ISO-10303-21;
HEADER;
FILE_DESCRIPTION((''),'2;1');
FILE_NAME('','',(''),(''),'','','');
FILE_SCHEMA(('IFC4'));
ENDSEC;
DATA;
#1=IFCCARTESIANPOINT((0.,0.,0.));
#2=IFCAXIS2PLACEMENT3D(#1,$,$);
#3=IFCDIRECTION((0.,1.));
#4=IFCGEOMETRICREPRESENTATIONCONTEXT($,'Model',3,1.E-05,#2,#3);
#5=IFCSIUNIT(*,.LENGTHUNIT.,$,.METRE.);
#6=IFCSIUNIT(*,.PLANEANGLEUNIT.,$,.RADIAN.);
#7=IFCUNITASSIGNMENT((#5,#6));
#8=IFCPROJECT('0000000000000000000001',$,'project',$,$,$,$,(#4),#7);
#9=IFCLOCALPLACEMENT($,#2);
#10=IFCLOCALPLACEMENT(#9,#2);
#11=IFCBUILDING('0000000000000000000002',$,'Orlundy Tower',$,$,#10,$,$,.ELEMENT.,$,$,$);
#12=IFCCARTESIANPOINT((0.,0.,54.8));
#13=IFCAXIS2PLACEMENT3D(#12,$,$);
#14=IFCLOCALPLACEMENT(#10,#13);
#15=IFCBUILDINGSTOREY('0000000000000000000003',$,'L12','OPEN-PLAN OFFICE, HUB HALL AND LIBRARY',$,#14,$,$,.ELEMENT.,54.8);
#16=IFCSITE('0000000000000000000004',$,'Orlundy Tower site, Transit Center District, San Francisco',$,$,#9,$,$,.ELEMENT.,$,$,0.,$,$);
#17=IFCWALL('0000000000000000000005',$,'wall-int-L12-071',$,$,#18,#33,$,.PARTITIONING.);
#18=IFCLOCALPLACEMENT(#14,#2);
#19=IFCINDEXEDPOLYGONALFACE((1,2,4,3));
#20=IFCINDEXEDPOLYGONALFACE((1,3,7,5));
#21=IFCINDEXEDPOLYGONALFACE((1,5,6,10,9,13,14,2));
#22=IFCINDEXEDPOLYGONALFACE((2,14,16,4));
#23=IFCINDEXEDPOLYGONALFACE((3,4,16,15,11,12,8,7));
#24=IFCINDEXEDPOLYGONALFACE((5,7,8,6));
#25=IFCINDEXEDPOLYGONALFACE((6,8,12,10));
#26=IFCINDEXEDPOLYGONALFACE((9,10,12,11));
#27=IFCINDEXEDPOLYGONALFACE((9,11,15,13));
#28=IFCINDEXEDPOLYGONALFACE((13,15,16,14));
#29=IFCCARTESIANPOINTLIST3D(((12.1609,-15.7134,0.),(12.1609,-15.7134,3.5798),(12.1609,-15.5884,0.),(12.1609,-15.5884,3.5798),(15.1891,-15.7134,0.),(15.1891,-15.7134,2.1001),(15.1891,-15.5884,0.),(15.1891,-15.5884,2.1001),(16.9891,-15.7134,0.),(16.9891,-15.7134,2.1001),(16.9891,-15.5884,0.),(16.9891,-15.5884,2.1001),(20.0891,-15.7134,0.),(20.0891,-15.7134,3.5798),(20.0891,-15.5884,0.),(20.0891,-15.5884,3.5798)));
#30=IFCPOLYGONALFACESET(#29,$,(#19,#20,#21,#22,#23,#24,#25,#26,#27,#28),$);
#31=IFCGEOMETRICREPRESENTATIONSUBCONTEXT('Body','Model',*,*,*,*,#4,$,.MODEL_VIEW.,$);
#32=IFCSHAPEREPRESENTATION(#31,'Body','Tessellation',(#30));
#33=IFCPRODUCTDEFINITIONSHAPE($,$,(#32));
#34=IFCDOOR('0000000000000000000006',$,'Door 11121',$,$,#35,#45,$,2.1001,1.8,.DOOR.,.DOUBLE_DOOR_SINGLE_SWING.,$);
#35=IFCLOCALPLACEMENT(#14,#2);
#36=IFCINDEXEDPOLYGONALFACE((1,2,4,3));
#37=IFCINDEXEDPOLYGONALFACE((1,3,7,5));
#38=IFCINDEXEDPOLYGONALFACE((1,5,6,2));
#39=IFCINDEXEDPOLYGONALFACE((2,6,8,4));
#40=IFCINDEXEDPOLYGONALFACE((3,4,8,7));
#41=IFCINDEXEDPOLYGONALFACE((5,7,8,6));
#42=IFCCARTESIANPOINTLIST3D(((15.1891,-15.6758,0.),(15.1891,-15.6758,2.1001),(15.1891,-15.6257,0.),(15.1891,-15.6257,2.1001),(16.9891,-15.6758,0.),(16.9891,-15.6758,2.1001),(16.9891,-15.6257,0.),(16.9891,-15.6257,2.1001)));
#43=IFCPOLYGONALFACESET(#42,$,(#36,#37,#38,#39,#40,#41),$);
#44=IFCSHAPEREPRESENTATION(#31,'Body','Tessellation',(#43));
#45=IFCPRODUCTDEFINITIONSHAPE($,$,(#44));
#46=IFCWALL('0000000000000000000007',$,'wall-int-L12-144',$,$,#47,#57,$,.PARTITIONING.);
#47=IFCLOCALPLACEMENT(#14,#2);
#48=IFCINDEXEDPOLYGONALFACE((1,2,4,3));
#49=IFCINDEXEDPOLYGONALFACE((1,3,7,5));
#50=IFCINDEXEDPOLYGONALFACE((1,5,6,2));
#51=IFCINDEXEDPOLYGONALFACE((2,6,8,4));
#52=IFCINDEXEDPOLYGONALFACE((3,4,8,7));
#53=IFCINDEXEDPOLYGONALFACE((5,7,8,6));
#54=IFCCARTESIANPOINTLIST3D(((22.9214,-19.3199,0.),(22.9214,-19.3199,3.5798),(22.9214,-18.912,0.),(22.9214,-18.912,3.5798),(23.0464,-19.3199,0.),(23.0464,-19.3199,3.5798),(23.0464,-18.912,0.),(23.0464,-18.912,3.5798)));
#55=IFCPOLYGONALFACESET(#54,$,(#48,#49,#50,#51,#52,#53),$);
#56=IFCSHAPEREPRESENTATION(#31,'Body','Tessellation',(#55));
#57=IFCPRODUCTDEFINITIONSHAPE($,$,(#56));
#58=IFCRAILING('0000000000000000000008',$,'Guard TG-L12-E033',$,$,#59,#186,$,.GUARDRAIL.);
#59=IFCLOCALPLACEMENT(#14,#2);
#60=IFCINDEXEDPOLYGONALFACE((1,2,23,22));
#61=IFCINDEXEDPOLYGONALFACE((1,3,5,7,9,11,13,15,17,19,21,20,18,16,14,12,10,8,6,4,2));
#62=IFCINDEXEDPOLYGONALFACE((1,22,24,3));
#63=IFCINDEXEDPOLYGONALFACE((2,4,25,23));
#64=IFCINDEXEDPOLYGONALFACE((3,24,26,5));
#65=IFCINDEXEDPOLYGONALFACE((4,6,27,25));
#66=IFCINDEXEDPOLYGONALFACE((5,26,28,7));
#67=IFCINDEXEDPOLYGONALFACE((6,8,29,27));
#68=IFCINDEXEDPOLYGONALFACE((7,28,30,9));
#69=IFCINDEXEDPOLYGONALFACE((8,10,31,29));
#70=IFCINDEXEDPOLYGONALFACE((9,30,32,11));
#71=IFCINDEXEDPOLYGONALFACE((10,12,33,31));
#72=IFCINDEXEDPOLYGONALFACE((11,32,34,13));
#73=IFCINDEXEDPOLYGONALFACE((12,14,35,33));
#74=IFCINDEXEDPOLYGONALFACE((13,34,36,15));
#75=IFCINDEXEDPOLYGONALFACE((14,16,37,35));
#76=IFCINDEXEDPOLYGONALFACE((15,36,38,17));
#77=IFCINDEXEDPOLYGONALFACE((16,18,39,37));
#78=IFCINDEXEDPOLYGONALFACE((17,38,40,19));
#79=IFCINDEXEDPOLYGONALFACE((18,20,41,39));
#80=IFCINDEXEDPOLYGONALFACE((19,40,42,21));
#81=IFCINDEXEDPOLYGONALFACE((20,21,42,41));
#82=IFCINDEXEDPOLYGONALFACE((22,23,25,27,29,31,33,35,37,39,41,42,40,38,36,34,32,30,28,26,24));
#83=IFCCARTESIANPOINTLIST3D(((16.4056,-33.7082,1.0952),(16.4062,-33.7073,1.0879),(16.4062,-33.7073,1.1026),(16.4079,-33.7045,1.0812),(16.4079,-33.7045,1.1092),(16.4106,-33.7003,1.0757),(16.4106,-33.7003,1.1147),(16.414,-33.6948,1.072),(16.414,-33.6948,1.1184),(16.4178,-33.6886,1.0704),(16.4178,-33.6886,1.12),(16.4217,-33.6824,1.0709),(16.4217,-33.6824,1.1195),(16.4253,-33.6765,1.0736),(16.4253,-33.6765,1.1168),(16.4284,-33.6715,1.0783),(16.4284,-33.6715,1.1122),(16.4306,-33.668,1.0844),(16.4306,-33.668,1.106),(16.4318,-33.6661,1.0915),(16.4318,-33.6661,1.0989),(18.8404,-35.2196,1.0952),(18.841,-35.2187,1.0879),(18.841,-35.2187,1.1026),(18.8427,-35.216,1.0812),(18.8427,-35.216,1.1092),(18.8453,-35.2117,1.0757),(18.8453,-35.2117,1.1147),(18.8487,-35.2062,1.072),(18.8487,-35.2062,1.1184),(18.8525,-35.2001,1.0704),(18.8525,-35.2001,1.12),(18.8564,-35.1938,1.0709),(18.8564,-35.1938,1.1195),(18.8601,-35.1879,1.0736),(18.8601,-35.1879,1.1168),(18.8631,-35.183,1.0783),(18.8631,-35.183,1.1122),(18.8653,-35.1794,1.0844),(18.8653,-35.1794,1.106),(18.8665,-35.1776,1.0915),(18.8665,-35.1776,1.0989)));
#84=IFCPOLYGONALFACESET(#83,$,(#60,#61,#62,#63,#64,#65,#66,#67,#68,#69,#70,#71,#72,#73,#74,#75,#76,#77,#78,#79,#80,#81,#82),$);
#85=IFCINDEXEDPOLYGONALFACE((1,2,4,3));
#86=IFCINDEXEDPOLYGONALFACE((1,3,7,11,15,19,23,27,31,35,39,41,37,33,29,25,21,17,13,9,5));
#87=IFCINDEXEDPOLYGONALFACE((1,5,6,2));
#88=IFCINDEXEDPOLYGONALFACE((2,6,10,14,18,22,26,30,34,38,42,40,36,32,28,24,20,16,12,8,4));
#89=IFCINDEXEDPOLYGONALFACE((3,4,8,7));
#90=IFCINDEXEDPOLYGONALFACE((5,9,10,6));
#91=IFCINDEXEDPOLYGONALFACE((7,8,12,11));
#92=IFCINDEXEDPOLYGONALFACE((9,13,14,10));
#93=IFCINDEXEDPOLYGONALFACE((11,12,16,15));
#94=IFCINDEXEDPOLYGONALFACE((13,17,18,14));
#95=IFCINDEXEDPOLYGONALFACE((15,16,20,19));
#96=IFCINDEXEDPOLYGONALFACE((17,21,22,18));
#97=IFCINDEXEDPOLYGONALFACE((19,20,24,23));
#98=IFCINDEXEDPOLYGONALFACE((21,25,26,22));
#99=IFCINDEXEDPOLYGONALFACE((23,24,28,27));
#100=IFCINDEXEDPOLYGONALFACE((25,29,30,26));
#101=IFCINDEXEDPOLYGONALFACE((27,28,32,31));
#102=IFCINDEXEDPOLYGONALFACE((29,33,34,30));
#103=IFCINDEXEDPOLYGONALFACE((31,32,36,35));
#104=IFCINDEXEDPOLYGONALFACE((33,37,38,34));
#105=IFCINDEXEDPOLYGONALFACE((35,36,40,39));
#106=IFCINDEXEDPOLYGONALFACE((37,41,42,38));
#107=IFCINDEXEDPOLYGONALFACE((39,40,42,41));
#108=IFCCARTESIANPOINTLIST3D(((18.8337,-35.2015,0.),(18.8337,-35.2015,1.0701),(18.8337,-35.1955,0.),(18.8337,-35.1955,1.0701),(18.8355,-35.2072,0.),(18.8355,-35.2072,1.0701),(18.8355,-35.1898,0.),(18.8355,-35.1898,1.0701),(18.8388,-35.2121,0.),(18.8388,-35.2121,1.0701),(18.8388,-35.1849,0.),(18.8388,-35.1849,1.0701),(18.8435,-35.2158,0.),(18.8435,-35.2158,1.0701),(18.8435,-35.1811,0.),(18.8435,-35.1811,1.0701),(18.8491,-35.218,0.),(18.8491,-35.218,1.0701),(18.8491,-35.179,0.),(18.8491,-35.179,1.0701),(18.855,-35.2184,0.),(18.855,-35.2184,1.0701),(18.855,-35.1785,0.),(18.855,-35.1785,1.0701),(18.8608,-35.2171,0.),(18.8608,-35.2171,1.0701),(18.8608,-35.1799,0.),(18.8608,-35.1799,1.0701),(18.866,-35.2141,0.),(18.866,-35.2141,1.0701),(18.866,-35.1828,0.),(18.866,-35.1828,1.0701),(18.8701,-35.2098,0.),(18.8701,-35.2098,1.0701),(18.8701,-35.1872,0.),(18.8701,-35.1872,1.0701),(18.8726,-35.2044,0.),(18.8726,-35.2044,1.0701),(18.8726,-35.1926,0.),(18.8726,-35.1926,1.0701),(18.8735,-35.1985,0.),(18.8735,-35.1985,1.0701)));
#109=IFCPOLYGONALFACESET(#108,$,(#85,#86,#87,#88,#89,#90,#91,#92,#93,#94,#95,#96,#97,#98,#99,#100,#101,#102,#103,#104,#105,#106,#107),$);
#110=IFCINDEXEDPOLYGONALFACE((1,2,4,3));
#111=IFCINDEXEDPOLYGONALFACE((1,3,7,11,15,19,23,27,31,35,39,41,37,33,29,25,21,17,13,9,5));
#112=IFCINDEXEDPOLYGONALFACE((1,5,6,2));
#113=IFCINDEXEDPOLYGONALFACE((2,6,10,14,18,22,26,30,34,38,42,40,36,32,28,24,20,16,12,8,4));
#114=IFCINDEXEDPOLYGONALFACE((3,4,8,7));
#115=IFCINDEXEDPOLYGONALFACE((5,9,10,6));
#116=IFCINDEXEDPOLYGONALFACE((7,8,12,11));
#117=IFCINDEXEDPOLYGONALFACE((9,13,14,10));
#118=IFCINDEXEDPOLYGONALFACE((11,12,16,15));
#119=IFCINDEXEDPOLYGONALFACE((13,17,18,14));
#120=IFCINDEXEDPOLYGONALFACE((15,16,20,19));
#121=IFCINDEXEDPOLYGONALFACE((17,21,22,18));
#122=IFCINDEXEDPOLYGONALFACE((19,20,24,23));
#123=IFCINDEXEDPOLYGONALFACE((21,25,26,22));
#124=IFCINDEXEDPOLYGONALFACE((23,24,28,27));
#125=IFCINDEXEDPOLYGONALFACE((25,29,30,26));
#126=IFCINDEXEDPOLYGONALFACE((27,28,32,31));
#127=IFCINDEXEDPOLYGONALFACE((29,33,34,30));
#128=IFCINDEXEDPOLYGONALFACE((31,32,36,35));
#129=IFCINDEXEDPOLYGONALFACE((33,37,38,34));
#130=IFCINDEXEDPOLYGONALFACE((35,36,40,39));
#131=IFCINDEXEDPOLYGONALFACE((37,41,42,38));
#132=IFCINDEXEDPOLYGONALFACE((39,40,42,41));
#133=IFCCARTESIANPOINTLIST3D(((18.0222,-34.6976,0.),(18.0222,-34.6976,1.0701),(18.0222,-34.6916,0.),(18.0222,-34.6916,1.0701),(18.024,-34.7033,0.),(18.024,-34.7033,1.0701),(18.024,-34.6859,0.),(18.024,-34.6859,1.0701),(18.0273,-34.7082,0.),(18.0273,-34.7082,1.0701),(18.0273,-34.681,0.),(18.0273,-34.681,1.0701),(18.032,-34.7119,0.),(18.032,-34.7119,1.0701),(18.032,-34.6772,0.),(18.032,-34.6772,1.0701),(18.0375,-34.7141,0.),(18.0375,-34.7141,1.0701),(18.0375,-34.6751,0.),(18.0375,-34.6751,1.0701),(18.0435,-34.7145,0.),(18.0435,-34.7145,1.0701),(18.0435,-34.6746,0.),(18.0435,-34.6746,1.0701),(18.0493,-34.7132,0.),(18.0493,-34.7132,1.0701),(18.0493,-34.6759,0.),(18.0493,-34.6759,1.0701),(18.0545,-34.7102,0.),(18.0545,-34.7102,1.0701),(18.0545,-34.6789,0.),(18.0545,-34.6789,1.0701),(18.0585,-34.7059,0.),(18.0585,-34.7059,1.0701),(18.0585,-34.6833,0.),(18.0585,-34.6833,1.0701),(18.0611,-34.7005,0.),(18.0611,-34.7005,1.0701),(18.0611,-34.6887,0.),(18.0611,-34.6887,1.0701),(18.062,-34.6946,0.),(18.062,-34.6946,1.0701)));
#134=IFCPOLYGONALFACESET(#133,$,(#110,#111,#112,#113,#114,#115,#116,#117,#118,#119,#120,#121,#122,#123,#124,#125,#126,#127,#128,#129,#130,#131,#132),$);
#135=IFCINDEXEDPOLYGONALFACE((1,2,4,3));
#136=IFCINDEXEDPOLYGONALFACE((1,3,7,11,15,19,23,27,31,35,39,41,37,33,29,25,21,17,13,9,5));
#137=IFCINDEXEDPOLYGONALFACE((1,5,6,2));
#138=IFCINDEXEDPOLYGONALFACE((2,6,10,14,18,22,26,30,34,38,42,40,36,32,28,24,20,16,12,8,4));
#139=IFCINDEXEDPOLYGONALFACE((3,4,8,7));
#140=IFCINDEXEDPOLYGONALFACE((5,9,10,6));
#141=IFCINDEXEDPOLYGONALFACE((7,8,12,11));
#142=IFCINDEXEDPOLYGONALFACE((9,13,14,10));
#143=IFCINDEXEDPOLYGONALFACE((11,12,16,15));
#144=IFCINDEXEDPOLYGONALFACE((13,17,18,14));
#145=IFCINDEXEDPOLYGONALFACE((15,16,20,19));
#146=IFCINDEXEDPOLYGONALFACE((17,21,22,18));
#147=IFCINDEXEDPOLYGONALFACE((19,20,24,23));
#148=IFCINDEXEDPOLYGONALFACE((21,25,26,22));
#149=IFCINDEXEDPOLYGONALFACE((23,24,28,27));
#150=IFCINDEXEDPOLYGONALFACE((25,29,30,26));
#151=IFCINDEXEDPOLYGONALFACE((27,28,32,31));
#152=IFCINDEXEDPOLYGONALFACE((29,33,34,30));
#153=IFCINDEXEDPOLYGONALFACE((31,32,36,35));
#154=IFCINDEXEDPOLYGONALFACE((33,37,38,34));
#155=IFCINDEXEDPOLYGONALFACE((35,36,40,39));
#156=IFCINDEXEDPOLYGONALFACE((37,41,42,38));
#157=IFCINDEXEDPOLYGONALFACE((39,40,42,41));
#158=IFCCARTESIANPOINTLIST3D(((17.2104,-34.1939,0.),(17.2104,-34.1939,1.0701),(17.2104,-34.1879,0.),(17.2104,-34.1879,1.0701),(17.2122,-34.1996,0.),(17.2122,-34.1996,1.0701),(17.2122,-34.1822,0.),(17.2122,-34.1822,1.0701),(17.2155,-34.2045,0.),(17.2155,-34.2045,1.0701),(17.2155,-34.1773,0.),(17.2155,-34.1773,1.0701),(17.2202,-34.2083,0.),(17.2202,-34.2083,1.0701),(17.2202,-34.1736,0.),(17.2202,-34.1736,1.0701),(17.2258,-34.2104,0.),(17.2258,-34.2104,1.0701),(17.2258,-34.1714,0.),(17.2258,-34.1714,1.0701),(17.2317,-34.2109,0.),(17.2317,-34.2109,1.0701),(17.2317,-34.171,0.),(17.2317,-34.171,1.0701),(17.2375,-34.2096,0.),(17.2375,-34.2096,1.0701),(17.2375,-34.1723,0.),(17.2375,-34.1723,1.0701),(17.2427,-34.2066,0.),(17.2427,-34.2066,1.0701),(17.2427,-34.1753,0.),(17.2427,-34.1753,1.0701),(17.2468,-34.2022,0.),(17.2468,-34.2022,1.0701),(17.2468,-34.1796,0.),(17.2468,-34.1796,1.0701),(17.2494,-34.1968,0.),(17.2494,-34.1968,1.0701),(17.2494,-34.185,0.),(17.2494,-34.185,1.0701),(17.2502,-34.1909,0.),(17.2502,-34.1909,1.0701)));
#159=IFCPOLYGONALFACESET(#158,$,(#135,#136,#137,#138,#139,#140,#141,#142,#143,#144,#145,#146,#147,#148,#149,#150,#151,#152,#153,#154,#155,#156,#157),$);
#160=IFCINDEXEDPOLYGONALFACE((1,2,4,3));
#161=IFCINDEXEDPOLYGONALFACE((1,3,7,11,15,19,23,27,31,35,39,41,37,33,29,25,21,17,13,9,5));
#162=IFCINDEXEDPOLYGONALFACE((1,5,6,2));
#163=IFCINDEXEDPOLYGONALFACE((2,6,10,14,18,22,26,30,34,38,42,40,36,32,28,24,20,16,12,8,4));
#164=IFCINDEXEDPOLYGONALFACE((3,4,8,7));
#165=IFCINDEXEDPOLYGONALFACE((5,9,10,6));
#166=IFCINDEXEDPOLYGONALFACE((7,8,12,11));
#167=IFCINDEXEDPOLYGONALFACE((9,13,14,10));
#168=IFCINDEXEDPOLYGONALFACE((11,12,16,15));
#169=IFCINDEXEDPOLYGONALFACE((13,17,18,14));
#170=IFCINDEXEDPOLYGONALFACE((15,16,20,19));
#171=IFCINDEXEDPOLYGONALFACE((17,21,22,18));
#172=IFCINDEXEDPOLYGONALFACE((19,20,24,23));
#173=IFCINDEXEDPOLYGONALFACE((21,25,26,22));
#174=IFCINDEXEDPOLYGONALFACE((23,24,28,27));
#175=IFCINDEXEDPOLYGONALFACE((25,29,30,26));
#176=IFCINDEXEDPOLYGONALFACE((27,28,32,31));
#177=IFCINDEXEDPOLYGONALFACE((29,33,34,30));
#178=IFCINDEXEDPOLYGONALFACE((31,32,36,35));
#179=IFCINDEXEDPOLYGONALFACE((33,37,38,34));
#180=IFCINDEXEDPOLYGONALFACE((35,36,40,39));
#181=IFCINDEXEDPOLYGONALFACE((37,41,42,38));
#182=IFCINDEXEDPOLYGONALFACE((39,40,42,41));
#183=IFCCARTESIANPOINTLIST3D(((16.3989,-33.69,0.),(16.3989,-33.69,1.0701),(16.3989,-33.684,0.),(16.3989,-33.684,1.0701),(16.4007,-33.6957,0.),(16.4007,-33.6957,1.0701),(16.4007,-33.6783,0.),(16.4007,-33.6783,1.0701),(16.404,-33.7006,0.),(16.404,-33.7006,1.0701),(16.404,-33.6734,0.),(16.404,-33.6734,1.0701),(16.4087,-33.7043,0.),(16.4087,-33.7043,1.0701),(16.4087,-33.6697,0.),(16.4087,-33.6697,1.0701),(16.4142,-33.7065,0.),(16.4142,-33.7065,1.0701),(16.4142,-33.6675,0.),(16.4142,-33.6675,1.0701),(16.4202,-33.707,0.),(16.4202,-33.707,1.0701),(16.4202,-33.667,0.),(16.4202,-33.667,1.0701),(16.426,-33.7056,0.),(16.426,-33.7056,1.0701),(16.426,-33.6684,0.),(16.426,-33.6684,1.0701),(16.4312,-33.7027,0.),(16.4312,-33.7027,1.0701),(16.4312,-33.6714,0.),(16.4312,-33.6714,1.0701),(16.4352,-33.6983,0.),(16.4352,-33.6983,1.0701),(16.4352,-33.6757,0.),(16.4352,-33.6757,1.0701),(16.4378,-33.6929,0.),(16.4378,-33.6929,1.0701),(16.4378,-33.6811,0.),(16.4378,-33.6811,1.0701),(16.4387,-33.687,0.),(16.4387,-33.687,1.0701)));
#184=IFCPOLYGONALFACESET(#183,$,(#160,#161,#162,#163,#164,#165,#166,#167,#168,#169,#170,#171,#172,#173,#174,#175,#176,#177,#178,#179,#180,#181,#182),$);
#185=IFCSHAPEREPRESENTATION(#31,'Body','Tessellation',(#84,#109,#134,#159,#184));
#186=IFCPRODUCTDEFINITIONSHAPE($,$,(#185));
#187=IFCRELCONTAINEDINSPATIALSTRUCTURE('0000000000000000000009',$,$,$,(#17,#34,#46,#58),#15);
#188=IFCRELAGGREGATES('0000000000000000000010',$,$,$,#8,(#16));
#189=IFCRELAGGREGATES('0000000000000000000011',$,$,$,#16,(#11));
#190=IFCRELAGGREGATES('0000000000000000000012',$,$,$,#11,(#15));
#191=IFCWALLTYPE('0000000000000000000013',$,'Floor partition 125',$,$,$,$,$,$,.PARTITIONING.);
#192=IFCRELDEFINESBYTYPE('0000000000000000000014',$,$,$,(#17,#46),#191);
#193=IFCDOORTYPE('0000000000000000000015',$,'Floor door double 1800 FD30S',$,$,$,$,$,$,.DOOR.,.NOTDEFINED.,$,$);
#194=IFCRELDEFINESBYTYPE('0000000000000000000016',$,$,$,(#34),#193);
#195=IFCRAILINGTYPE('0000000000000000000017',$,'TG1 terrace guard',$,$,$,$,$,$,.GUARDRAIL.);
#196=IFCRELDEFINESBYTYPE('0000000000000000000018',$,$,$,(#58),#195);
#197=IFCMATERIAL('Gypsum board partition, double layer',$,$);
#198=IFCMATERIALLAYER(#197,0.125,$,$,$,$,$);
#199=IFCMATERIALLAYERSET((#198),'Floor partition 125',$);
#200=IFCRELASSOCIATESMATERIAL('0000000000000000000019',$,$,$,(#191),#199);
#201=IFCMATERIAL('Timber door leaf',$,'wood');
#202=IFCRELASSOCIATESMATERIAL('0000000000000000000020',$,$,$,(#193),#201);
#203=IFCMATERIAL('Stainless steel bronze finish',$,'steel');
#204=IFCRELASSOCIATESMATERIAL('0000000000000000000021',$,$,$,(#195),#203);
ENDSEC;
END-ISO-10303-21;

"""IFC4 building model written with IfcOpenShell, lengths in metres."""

from ifc_helpers import new_model, si_unit, direction, frame, frame_2d, origin, origin_2d, place, context, subcontext, project, spatial, rectangle, circle, extrude, material, layer, layer_set, type_object, element, fill, save


model = new_model("IFC4")

# Units and contexts
model_context = context("Model", 3, precision=1e-05, world=origin(), true_north=direction((0.0, 1.0)))
body_context = subcontext(model_context, "Body", "Model", "MODEL_VIEW")
ifc_project = project(units=[si_unit("LENGTHUNIT", "METRE"), si_unit("PLANEANGLEUNIT", "RADIAN")], contexts=[model_context])

# Site, building, storey
site_placement = place(None, origin())
site = spatial("IfcSite", under=ifc_project, at=site_placement, Name="Orlundy Tower site, Transit Center District, San Francisco", CompositionType="ELEMENT", RefElevation=0.0)
building_placement = place(site_placement, origin())
building = spatial("IfcBuilding", under=site, at=building_placement, Name="Orlundy Tower", CompositionType="ELEMENT")
storey_placement = place(building_placement, frame((0.0, 0.0, 54.8)))
storey = spatial("IfcBuildingStorey", under=building, at=storey_placement, Name="L12", Description="OPEN-PLAN OFFICE, HUB HALL AND LIBRARY", CompositionType="ELEMENT", Elevation=54.8)

# Shared definitions
ifc_material_1 = material(Name="Gypsum board partition, double layer")
ifc_layer_1 = layer(ifc_material_1, 0.125)
ifc_layer_set_1 = layer_set([ifc_layer_1], Name="Floor partition 125")
wall_type_1 = type_object("IfcWallType", Name="Floor partition 125", PredefinedType="PARTITIONING", material=ifc_layer_set_1)

# Wall, opening, door
wall_1_placement = place(storey_placement, frame((20.0891, -15.6509, 0.0), z_axis=(0.0, 0.0, 1.0), x_axis=(-1.0, 0.0, 0.0)))
wall_1 = element("IfcWall", 1, at=wall_1_placement, inside=storey, type_object=wall_type_1, Name="wall-int-L12-071", PredefinedType="PARTITIONING", context=body_context, shape_type="SweptSolid", body=[
    extrude(rectangle(XDim=7.9282, YDim=0.125, at=frame_2d((3.9641, 0.0))), origin(), (0.0, 0.0, 1.0), 3.5798),
])
opening_placement = place(wall_1_placement, frame((3.1001, 0.0, 0.0)))
opening = element("IfcOpeningElement", 2, at=opening_placement, cuts=wall_1, PredefinedType="OPENING", context=body_context, shape_type="SweptSolid", body=[
    extrude(rectangle(XDim=1.8, YDim=2.1001, at=frame_2d((0.8999, 1.05))), frame((0.0, 0.0725, 0.0), z_axis=(0.0, -1.0, 0.0), x_axis=(1.0, 0.0, 0.0)), (0.0, 0.0, 1.0), 0.145),
])
ifc_material_2 = material(Name="Timber door leaf", Category="wood")
door_type = type_object("IfcDoorType", Name="Floor door double 1800 FD30S", OperationType="NOTDEFINED", PredefinedType="DOOR", material=ifc_material_2)
door_placement = place(opening_placement, origin())
door = element("IfcDoor", 3, at=door_placement, inside=storey, type_object=door_type, Name="Door 11121", OperationType="DOUBLE_DOOR_SINGLE_SWING", OverallHeight=2.1001, OverallWidth=1.8, PredefinedType="DOOR", context=body_context, shape_type="SweptSolid", body=[
    extrude(rectangle(XDim=1.8, YDim=2.1001, at=frame_2d((0.8999, 1.05))), frame((0.0, 0.0249, 0.0), z_axis=(0.0, -1.0, 0.0), x_axis=(1.0, 0.0, 0.0)), (0.0, 0.0, 1.0), 0.05),
])
fill(opening, door)

# Wall
wall_2_placement = place(storey_placement, frame((22.9839, -19.3201, 0.0), z_axis=(0.0, 0.0, 1.0), x_axis=(0.0, 1.0, 0.0)))
element("IfcWall", 4, at=wall_2_placement, inside=storey, type_object=wall_type_1, Name="wall-int-L12-144", PredefinedType="PARTITIONING", context=body_context, shape_type="SweptSolid", body=[
    extrude(rectangle(XDim=0.408, YDim=0.125, at=frame_2d((0.2041, 0.0))), origin(), (0.0, 0.0, 1.0), 3.5798),
])

# Railing
ifc_material_3 = material(Name="Stainless steel bronze finish", Category="steel")
railing_type = type_object("IfcRailingType", Name="TG1 terrace guard", PredefinedType="GUARDRAIL", material=ifc_material_3)
railing_1_placement = place(storey_placement, frame((18.8535, -35.1985, 0.0)))
element("IfcRailing", 5, at=railing_1_placement, inside=storey, type_object=railing_type, Name="Guard TG-L12-E033", PredefinedType="GUARDRAIL", context=body_context, shape_type="SweptSolid", body=[
    extrude(circle(Radius=0.0249, at=origin_2d()), frame((0.0, 0.0, 1.0952), z_axis=(-0.849607, 0.527416, 0.0), x_axis=(-0.527416, -0.849607, 0.0)), (0.0, 0.0, 1.0), 2.8657),
    extrude(circle(Radius=0.02, at=origin_2d()), origin(), (0.0, 0.0, 1.0), 1.0701),
    extrude(circle(Radius=0.02, at=origin_2d()), frame((-0.8115, 0.5039, 0.0)), (0.0, 0.0, 1.0), 1.0701),
    extrude(circle(Radius=0.02, at=origin_2d()), frame((-1.6233, 1.0076, 0.0)), (0.0, 0.0, 1.0), 1.0701),
    extrude(circle(Radius=0.02, at=origin_2d()), frame((-2.4348, 1.5115, 0.0)), (0.0, 0.0, 1.0), 1.0701),
])

save(model, "model.ifc")
